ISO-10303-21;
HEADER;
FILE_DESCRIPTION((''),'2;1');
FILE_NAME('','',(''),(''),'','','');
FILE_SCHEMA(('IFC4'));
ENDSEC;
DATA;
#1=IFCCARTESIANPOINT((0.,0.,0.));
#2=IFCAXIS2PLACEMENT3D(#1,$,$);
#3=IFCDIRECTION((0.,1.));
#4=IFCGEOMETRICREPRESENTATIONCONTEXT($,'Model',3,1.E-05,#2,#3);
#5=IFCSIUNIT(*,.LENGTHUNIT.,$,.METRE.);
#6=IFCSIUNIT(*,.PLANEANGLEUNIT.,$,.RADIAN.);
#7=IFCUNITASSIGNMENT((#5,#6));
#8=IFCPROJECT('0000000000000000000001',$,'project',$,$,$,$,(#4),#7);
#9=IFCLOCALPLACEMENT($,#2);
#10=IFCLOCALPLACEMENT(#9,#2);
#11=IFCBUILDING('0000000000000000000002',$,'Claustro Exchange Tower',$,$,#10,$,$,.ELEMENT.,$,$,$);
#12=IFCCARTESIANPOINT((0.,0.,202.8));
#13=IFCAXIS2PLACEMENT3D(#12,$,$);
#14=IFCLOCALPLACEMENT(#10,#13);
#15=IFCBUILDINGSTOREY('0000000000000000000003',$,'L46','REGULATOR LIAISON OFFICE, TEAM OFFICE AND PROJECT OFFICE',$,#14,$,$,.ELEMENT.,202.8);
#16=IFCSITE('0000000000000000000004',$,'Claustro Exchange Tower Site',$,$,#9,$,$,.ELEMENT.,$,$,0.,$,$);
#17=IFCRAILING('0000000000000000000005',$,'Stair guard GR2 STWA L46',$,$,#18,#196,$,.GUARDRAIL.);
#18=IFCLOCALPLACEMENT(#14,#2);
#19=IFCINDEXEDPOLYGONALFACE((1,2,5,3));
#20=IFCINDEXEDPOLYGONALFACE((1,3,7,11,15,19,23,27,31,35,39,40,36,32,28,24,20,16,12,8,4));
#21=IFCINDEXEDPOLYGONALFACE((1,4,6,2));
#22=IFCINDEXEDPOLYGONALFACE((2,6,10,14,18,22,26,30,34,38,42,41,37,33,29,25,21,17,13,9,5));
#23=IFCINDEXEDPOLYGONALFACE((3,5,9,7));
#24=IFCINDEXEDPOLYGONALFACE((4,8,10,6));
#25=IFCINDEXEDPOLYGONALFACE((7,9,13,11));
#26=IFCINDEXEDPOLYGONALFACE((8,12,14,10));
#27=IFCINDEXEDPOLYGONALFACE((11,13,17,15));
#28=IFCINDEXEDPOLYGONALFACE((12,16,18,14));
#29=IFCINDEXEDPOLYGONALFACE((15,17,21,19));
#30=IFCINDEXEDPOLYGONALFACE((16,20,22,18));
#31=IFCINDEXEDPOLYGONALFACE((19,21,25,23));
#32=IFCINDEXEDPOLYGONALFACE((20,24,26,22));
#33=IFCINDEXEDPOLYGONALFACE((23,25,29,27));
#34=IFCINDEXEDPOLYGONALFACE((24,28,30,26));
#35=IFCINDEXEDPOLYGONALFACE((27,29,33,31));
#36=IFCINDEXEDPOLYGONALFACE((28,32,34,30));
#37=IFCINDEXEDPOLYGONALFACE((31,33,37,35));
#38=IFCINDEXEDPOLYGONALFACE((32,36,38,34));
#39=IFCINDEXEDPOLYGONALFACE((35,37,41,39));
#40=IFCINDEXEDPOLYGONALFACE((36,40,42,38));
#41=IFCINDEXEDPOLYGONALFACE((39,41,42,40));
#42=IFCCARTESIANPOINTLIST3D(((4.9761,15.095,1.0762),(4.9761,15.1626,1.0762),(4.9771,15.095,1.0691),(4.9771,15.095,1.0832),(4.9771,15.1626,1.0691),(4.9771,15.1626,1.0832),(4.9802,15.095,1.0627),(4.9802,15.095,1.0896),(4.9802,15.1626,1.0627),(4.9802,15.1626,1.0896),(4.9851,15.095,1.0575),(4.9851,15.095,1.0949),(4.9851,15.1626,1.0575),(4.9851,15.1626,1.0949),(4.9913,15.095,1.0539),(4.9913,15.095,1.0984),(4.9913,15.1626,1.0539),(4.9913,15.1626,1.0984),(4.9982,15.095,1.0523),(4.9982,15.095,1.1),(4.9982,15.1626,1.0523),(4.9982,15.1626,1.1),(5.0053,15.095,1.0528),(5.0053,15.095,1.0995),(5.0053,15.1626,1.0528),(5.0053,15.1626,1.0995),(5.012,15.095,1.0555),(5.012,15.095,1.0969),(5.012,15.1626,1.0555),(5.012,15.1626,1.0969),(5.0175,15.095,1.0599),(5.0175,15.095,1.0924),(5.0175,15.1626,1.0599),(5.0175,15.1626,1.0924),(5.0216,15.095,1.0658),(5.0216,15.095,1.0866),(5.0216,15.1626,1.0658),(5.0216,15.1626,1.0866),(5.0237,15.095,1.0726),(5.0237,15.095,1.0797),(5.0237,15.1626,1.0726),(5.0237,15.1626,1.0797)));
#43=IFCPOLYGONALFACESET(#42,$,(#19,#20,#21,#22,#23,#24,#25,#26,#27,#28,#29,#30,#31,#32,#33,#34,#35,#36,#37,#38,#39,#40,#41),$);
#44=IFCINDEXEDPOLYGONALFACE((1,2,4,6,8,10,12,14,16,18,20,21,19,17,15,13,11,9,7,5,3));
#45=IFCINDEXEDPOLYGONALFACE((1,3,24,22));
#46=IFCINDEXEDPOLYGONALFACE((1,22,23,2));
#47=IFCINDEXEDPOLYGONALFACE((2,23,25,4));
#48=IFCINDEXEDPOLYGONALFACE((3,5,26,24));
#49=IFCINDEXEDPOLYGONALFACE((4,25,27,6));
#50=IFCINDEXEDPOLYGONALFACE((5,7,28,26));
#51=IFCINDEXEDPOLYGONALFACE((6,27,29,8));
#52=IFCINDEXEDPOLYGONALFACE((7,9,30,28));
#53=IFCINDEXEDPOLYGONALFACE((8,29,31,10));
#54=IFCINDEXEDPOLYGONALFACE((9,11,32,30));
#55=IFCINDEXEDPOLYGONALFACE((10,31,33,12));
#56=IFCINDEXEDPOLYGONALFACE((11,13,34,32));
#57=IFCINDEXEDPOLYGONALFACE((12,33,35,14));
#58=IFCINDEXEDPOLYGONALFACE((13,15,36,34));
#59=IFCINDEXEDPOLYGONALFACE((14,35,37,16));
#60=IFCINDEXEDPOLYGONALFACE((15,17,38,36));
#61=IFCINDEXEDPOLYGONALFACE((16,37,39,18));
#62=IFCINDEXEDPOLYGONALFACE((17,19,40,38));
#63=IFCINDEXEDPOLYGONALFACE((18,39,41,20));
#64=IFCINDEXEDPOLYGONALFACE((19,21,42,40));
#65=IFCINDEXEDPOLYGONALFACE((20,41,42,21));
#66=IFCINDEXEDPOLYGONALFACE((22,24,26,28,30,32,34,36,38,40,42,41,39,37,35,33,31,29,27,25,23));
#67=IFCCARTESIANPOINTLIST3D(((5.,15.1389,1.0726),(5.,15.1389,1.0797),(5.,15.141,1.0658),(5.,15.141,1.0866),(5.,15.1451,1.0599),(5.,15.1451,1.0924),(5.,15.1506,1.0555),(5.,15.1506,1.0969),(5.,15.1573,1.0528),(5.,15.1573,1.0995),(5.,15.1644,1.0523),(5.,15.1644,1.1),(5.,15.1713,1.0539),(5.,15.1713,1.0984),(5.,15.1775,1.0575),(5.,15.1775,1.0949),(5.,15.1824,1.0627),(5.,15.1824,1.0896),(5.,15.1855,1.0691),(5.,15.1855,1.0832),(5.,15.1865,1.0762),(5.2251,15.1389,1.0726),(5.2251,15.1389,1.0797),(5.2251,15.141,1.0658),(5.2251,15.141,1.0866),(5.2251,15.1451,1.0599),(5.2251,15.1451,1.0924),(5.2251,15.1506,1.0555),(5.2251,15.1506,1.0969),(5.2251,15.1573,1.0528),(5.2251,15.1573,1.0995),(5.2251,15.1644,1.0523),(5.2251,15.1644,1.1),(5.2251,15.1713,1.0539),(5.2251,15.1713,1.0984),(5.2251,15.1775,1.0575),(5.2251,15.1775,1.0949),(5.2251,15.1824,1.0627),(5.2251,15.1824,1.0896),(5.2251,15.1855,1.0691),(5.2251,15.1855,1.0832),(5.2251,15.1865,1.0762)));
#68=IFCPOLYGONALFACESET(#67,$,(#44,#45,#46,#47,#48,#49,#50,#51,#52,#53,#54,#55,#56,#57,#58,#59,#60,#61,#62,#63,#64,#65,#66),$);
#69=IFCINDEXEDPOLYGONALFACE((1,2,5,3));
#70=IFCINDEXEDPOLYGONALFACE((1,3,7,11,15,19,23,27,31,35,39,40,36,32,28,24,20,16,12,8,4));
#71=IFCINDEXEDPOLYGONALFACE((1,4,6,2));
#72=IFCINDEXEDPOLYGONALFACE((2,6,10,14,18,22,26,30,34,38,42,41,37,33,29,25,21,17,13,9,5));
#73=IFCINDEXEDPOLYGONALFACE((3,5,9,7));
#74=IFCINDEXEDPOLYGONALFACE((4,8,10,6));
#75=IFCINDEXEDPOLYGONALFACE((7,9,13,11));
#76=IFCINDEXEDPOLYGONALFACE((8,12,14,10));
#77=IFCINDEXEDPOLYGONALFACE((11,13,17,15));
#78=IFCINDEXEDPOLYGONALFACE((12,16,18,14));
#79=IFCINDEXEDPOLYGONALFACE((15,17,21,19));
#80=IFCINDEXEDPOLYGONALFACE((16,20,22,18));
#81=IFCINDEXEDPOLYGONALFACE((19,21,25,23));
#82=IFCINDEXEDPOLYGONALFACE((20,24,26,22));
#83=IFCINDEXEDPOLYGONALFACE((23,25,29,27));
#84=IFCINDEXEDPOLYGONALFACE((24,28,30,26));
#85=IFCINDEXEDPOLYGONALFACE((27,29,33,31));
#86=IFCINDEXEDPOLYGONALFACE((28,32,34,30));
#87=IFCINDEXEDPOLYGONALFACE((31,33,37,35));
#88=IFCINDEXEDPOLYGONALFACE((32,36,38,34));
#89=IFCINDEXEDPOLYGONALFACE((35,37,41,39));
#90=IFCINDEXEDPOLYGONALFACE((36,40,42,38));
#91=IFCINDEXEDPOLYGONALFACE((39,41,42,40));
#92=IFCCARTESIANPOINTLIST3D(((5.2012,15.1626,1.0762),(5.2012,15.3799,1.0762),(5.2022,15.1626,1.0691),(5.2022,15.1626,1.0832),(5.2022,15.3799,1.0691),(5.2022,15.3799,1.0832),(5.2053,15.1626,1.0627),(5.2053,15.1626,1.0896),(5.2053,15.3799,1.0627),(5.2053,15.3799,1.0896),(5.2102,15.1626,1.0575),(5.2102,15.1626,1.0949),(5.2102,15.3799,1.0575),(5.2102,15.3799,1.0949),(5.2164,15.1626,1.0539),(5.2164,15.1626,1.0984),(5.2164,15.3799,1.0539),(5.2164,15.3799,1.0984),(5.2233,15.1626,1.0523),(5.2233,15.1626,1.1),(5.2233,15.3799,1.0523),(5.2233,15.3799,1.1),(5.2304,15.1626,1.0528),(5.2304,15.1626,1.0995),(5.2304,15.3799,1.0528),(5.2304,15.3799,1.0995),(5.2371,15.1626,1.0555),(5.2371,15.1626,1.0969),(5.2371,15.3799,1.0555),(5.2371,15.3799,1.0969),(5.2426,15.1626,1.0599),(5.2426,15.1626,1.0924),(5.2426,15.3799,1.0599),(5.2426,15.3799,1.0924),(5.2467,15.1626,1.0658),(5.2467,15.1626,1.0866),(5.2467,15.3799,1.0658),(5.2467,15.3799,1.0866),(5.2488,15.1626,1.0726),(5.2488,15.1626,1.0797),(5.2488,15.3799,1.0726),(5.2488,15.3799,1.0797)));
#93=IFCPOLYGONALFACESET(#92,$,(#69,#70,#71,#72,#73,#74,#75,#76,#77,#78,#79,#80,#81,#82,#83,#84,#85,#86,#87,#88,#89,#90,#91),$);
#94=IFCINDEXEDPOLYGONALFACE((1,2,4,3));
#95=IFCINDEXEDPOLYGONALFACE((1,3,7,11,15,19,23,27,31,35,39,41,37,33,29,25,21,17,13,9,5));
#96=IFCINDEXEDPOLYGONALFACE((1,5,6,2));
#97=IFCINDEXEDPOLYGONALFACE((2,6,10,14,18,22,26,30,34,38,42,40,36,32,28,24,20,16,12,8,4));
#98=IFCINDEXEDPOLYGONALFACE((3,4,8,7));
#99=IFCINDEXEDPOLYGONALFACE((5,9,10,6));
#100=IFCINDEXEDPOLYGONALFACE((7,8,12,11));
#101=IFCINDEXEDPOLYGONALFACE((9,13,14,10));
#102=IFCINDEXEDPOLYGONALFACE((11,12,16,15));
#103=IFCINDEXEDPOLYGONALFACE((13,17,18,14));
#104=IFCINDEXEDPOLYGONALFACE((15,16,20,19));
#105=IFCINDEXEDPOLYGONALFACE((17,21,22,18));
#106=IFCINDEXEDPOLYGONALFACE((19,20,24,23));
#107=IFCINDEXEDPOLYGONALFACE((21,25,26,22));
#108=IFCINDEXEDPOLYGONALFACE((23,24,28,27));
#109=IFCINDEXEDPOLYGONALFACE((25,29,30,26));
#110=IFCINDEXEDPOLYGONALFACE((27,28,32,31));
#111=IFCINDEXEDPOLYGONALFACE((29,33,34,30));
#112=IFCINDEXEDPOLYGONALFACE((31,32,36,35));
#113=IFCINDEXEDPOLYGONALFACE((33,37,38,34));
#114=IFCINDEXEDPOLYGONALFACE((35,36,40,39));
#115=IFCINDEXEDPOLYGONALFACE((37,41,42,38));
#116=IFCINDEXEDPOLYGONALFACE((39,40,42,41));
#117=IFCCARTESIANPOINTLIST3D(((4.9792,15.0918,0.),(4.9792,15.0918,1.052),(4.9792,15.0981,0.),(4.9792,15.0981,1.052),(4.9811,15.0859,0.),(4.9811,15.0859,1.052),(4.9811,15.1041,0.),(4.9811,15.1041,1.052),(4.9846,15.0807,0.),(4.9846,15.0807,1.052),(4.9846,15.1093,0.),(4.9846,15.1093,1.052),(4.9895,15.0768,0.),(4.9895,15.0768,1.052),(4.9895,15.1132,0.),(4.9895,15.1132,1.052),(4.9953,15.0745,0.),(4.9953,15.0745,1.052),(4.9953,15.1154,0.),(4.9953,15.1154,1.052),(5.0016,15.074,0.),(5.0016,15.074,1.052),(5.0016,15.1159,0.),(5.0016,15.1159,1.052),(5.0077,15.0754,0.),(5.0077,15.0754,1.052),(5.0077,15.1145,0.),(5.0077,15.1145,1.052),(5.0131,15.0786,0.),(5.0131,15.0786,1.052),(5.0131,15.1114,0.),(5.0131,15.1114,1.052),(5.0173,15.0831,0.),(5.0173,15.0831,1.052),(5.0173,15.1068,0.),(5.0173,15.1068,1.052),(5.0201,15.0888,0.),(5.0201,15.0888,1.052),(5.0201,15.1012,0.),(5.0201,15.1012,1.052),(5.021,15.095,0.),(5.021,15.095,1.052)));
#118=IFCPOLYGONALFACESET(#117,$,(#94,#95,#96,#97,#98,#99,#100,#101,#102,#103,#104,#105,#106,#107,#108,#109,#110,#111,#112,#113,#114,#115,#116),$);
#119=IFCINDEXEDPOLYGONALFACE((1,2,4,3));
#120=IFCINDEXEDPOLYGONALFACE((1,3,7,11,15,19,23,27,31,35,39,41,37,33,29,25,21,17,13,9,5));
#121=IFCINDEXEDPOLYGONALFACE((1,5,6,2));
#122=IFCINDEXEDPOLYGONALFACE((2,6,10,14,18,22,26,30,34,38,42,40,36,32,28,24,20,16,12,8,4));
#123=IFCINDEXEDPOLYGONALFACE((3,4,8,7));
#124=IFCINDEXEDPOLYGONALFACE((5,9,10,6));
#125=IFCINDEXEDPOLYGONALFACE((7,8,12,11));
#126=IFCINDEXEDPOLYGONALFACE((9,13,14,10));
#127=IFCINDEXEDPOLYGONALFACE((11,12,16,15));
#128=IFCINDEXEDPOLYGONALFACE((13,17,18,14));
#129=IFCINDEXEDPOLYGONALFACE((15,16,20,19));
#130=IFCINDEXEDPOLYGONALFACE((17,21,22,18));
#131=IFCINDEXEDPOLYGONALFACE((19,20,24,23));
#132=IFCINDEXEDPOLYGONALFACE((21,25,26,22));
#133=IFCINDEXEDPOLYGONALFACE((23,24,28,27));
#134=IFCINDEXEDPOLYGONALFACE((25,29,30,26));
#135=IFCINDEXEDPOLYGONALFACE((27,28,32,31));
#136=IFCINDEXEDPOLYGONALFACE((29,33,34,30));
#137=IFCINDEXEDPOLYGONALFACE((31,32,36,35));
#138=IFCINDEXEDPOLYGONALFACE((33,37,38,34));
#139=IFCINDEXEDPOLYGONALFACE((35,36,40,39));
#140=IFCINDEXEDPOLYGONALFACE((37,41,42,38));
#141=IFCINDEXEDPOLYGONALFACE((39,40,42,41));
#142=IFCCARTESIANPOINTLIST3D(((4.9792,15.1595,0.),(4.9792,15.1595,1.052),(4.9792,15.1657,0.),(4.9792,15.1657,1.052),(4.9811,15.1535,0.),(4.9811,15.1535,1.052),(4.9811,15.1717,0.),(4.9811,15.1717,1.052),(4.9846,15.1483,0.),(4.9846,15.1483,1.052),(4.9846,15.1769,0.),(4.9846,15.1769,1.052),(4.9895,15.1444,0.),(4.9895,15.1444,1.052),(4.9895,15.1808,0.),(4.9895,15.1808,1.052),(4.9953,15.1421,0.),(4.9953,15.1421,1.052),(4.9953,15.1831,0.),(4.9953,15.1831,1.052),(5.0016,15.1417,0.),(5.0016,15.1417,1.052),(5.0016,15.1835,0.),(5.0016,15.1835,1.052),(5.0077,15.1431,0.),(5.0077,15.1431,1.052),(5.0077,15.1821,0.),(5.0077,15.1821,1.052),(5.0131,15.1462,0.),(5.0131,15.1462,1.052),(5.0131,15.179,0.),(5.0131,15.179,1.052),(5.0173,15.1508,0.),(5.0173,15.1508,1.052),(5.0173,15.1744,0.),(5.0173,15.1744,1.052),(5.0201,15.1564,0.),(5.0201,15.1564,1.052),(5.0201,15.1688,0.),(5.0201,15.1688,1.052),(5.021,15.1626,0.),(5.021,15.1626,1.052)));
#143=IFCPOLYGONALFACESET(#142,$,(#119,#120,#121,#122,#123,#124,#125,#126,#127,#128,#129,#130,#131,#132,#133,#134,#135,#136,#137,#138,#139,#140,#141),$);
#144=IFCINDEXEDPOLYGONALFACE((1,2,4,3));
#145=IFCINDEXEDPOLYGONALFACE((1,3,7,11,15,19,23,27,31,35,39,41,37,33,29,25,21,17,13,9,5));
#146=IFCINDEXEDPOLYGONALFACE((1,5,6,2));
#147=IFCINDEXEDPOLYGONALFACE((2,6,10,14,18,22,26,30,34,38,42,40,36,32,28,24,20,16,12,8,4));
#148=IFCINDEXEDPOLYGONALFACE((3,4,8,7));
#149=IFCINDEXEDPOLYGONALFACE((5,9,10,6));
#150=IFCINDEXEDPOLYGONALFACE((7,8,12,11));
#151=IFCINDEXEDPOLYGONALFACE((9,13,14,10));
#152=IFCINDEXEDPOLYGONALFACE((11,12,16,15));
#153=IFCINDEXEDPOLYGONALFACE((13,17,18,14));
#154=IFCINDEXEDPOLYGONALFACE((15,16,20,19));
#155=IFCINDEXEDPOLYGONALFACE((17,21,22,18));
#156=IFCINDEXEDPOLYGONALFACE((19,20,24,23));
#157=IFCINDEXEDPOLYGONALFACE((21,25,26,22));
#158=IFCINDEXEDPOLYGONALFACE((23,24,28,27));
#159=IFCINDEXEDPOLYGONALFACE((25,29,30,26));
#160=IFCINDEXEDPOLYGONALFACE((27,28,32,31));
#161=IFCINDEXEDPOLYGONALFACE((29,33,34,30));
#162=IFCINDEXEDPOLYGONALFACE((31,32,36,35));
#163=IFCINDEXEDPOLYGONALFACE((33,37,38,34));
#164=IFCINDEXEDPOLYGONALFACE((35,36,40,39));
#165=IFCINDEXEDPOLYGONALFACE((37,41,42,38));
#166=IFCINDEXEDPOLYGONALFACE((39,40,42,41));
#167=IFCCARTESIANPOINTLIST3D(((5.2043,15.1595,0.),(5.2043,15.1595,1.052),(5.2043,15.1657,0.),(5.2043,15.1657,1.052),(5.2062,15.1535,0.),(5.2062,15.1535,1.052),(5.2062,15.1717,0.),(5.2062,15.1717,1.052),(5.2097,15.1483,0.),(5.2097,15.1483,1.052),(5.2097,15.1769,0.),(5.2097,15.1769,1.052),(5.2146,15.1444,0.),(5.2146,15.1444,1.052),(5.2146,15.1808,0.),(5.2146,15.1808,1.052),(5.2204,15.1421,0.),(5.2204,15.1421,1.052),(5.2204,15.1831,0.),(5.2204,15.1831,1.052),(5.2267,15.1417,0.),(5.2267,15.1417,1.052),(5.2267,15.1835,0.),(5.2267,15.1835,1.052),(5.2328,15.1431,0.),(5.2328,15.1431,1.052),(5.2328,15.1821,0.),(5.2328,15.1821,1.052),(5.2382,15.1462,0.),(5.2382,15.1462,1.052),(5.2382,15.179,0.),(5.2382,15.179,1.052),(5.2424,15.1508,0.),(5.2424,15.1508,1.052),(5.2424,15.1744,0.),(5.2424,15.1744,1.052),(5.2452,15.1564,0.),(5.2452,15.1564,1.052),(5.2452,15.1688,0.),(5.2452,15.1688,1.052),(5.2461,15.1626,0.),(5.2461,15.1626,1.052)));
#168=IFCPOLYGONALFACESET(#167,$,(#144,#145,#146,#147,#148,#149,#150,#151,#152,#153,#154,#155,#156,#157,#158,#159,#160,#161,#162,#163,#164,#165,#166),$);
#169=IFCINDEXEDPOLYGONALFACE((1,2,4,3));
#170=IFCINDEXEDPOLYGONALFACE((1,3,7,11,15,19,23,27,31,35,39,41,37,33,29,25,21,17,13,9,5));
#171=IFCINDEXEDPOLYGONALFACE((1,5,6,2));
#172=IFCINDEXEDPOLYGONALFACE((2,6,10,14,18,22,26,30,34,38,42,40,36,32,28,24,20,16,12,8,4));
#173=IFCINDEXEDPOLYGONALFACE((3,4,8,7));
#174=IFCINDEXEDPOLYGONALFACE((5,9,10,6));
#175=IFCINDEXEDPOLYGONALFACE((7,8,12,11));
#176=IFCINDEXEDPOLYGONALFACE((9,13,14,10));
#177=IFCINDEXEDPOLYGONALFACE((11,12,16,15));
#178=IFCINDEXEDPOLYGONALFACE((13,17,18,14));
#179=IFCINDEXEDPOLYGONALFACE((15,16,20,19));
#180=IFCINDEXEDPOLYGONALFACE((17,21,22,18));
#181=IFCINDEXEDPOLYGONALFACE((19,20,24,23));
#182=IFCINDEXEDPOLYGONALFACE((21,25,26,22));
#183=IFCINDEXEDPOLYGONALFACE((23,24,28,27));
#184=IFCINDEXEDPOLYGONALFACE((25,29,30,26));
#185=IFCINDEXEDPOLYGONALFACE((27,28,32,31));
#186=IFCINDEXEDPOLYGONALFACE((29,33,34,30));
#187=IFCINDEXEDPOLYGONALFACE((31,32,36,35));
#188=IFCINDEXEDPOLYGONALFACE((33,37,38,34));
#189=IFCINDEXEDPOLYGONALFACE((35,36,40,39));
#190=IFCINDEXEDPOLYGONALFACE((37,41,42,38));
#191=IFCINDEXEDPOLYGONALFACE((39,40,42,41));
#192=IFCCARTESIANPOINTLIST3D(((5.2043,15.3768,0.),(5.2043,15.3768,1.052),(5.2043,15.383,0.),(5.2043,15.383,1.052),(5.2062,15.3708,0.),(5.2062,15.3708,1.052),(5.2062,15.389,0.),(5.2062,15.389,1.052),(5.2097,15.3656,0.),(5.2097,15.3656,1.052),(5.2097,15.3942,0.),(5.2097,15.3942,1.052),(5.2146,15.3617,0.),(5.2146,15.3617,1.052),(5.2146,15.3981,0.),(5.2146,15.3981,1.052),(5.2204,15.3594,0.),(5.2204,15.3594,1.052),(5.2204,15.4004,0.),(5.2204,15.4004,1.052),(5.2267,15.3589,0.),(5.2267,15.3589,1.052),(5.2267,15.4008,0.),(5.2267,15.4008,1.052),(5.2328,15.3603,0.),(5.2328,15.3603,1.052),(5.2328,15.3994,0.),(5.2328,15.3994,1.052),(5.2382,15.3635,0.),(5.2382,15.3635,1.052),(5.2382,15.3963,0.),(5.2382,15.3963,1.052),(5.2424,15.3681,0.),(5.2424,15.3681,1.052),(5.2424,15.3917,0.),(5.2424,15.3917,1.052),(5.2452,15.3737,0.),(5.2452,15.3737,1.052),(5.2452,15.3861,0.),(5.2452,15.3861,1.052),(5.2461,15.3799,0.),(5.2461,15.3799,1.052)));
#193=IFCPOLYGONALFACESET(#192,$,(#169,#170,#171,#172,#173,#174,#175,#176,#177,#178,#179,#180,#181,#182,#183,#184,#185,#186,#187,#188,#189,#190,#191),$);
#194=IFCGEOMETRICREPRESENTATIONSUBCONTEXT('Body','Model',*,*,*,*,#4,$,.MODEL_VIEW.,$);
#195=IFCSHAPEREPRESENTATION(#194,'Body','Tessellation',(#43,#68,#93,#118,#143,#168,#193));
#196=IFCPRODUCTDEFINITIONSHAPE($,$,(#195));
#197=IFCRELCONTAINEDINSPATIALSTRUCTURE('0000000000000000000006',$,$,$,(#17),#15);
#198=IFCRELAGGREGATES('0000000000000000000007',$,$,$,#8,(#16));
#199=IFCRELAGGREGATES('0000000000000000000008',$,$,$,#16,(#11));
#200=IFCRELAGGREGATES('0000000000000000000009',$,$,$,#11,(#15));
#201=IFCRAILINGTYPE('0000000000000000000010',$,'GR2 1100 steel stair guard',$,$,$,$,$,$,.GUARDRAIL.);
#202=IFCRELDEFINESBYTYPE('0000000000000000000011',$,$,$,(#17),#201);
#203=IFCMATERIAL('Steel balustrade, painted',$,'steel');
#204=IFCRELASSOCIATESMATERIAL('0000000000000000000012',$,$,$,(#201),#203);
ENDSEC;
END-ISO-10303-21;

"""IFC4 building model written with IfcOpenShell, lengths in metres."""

from ifc_helpers import new_model, si_unit, direction, frame, origin, origin_2d, place, context, subcontext, project, spatial, circle, extrude, material, type_object, element, save


model = new_model("IFC4")

# Units and contexts
model_context = context("Model", 3, precision=1e-05, world=origin(), true_north=direction((0.0, 1.0)))
body_context = subcontext(model_context, "Body", "Model", "MODEL_VIEW")
ifc_project = project(units=[si_unit("LENGTHUNIT", "METRE"), si_unit("PLANEANGLEUNIT", "RADIAN")], contexts=[model_context])

# Site, building, storey
site_placement = place(None, origin())
site = spatial("IfcSite", under=ifc_project, at=site_placement, Name="Claustro Exchange Tower Site", CompositionType="ELEMENT", RefElevation=0.0)
building_placement = place(site_placement, origin())
building = spatial("IfcBuilding", under=site, at=building_placement, Name="Claustro Exchange Tower", CompositionType="ELEMENT")
storey_placement = place(building_placement, frame((0.0, 0.0, 202.8)))
storey = spatial("IfcBuildingStorey", under=building, at=storey_placement, Name="L46", Description="REGULATOR LIAISON OFFICE, TEAM OFFICE AND PROJECT OFFICE", CompositionType="ELEMENT", Elevation=202.8)

# Railing
ifc_material_1 = material(Name="Steel balustrade, painted", Category="steel")
railing_type_1 = type_object("IfcRailingType", Name="GR2 1100 steel stair guard", PredefinedType="GUARDRAIL", material=ifc_material_1)
railing_1_placement = place(storey_placement, frame((5.0, 15.095, 0.0)))
element("IfcRailing", 1, at=railing_1_placement, inside=storey, type_object=railing_type_1, Name="Stair guard GR2 STWA L46", PredefinedType="GUARDRAIL", context=body_context, shape_type="SweptSolid", body=[
    extrude(circle(Radius=0.0239, at=origin_2d()), frame((0.0, 0.0, 1.0762), z_axis=(0.0, 1.0, 0.0), x_axis=(-1.0, 0.0, 0.0)), (0.0, 0.0, 1.0), 0.0676),
    extrude(circle(Radius=0.0239, at=origin_2d()), frame((0.0, 0.0676, 1.0762), z_axis=(1.0, 0.0, 0.0), x_axis=(0.0, 1.0, 0.0)), (0.0, 0.0, 1.0), 0.2251),
    extrude(circle(Radius=0.0239, at=origin_2d()), frame((0.2251, 0.0676, 1.0762), z_axis=(0.0, 1.0, 0.0), x_axis=(-1.0, 0.0, 0.0)), (0.0, 0.0, 1.0), 0.2173),
    extrude(circle(Radius=0.021, at=origin_2d()), origin(), (0.0, 0.0, 1.0), 1.052),
    extrude(circle(Radius=0.021, at=origin_2d()), frame((0.0, 0.0676, 0.0)), (0.0, 0.0, 1.0), 1.052),
    extrude(circle(Radius=0.021, at=origin_2d()), frame((0.2251, 0.0676, 0.0)), (0.0, 0.0, 1.0), 1.052),
    extrude(circle(Radius=0.021, at=origin_2d()), frame((0.2251, 0.2849, 0.0)), (0.0, 0.0, 1.0), 1.052),
])

save(model, "model.ifc")
